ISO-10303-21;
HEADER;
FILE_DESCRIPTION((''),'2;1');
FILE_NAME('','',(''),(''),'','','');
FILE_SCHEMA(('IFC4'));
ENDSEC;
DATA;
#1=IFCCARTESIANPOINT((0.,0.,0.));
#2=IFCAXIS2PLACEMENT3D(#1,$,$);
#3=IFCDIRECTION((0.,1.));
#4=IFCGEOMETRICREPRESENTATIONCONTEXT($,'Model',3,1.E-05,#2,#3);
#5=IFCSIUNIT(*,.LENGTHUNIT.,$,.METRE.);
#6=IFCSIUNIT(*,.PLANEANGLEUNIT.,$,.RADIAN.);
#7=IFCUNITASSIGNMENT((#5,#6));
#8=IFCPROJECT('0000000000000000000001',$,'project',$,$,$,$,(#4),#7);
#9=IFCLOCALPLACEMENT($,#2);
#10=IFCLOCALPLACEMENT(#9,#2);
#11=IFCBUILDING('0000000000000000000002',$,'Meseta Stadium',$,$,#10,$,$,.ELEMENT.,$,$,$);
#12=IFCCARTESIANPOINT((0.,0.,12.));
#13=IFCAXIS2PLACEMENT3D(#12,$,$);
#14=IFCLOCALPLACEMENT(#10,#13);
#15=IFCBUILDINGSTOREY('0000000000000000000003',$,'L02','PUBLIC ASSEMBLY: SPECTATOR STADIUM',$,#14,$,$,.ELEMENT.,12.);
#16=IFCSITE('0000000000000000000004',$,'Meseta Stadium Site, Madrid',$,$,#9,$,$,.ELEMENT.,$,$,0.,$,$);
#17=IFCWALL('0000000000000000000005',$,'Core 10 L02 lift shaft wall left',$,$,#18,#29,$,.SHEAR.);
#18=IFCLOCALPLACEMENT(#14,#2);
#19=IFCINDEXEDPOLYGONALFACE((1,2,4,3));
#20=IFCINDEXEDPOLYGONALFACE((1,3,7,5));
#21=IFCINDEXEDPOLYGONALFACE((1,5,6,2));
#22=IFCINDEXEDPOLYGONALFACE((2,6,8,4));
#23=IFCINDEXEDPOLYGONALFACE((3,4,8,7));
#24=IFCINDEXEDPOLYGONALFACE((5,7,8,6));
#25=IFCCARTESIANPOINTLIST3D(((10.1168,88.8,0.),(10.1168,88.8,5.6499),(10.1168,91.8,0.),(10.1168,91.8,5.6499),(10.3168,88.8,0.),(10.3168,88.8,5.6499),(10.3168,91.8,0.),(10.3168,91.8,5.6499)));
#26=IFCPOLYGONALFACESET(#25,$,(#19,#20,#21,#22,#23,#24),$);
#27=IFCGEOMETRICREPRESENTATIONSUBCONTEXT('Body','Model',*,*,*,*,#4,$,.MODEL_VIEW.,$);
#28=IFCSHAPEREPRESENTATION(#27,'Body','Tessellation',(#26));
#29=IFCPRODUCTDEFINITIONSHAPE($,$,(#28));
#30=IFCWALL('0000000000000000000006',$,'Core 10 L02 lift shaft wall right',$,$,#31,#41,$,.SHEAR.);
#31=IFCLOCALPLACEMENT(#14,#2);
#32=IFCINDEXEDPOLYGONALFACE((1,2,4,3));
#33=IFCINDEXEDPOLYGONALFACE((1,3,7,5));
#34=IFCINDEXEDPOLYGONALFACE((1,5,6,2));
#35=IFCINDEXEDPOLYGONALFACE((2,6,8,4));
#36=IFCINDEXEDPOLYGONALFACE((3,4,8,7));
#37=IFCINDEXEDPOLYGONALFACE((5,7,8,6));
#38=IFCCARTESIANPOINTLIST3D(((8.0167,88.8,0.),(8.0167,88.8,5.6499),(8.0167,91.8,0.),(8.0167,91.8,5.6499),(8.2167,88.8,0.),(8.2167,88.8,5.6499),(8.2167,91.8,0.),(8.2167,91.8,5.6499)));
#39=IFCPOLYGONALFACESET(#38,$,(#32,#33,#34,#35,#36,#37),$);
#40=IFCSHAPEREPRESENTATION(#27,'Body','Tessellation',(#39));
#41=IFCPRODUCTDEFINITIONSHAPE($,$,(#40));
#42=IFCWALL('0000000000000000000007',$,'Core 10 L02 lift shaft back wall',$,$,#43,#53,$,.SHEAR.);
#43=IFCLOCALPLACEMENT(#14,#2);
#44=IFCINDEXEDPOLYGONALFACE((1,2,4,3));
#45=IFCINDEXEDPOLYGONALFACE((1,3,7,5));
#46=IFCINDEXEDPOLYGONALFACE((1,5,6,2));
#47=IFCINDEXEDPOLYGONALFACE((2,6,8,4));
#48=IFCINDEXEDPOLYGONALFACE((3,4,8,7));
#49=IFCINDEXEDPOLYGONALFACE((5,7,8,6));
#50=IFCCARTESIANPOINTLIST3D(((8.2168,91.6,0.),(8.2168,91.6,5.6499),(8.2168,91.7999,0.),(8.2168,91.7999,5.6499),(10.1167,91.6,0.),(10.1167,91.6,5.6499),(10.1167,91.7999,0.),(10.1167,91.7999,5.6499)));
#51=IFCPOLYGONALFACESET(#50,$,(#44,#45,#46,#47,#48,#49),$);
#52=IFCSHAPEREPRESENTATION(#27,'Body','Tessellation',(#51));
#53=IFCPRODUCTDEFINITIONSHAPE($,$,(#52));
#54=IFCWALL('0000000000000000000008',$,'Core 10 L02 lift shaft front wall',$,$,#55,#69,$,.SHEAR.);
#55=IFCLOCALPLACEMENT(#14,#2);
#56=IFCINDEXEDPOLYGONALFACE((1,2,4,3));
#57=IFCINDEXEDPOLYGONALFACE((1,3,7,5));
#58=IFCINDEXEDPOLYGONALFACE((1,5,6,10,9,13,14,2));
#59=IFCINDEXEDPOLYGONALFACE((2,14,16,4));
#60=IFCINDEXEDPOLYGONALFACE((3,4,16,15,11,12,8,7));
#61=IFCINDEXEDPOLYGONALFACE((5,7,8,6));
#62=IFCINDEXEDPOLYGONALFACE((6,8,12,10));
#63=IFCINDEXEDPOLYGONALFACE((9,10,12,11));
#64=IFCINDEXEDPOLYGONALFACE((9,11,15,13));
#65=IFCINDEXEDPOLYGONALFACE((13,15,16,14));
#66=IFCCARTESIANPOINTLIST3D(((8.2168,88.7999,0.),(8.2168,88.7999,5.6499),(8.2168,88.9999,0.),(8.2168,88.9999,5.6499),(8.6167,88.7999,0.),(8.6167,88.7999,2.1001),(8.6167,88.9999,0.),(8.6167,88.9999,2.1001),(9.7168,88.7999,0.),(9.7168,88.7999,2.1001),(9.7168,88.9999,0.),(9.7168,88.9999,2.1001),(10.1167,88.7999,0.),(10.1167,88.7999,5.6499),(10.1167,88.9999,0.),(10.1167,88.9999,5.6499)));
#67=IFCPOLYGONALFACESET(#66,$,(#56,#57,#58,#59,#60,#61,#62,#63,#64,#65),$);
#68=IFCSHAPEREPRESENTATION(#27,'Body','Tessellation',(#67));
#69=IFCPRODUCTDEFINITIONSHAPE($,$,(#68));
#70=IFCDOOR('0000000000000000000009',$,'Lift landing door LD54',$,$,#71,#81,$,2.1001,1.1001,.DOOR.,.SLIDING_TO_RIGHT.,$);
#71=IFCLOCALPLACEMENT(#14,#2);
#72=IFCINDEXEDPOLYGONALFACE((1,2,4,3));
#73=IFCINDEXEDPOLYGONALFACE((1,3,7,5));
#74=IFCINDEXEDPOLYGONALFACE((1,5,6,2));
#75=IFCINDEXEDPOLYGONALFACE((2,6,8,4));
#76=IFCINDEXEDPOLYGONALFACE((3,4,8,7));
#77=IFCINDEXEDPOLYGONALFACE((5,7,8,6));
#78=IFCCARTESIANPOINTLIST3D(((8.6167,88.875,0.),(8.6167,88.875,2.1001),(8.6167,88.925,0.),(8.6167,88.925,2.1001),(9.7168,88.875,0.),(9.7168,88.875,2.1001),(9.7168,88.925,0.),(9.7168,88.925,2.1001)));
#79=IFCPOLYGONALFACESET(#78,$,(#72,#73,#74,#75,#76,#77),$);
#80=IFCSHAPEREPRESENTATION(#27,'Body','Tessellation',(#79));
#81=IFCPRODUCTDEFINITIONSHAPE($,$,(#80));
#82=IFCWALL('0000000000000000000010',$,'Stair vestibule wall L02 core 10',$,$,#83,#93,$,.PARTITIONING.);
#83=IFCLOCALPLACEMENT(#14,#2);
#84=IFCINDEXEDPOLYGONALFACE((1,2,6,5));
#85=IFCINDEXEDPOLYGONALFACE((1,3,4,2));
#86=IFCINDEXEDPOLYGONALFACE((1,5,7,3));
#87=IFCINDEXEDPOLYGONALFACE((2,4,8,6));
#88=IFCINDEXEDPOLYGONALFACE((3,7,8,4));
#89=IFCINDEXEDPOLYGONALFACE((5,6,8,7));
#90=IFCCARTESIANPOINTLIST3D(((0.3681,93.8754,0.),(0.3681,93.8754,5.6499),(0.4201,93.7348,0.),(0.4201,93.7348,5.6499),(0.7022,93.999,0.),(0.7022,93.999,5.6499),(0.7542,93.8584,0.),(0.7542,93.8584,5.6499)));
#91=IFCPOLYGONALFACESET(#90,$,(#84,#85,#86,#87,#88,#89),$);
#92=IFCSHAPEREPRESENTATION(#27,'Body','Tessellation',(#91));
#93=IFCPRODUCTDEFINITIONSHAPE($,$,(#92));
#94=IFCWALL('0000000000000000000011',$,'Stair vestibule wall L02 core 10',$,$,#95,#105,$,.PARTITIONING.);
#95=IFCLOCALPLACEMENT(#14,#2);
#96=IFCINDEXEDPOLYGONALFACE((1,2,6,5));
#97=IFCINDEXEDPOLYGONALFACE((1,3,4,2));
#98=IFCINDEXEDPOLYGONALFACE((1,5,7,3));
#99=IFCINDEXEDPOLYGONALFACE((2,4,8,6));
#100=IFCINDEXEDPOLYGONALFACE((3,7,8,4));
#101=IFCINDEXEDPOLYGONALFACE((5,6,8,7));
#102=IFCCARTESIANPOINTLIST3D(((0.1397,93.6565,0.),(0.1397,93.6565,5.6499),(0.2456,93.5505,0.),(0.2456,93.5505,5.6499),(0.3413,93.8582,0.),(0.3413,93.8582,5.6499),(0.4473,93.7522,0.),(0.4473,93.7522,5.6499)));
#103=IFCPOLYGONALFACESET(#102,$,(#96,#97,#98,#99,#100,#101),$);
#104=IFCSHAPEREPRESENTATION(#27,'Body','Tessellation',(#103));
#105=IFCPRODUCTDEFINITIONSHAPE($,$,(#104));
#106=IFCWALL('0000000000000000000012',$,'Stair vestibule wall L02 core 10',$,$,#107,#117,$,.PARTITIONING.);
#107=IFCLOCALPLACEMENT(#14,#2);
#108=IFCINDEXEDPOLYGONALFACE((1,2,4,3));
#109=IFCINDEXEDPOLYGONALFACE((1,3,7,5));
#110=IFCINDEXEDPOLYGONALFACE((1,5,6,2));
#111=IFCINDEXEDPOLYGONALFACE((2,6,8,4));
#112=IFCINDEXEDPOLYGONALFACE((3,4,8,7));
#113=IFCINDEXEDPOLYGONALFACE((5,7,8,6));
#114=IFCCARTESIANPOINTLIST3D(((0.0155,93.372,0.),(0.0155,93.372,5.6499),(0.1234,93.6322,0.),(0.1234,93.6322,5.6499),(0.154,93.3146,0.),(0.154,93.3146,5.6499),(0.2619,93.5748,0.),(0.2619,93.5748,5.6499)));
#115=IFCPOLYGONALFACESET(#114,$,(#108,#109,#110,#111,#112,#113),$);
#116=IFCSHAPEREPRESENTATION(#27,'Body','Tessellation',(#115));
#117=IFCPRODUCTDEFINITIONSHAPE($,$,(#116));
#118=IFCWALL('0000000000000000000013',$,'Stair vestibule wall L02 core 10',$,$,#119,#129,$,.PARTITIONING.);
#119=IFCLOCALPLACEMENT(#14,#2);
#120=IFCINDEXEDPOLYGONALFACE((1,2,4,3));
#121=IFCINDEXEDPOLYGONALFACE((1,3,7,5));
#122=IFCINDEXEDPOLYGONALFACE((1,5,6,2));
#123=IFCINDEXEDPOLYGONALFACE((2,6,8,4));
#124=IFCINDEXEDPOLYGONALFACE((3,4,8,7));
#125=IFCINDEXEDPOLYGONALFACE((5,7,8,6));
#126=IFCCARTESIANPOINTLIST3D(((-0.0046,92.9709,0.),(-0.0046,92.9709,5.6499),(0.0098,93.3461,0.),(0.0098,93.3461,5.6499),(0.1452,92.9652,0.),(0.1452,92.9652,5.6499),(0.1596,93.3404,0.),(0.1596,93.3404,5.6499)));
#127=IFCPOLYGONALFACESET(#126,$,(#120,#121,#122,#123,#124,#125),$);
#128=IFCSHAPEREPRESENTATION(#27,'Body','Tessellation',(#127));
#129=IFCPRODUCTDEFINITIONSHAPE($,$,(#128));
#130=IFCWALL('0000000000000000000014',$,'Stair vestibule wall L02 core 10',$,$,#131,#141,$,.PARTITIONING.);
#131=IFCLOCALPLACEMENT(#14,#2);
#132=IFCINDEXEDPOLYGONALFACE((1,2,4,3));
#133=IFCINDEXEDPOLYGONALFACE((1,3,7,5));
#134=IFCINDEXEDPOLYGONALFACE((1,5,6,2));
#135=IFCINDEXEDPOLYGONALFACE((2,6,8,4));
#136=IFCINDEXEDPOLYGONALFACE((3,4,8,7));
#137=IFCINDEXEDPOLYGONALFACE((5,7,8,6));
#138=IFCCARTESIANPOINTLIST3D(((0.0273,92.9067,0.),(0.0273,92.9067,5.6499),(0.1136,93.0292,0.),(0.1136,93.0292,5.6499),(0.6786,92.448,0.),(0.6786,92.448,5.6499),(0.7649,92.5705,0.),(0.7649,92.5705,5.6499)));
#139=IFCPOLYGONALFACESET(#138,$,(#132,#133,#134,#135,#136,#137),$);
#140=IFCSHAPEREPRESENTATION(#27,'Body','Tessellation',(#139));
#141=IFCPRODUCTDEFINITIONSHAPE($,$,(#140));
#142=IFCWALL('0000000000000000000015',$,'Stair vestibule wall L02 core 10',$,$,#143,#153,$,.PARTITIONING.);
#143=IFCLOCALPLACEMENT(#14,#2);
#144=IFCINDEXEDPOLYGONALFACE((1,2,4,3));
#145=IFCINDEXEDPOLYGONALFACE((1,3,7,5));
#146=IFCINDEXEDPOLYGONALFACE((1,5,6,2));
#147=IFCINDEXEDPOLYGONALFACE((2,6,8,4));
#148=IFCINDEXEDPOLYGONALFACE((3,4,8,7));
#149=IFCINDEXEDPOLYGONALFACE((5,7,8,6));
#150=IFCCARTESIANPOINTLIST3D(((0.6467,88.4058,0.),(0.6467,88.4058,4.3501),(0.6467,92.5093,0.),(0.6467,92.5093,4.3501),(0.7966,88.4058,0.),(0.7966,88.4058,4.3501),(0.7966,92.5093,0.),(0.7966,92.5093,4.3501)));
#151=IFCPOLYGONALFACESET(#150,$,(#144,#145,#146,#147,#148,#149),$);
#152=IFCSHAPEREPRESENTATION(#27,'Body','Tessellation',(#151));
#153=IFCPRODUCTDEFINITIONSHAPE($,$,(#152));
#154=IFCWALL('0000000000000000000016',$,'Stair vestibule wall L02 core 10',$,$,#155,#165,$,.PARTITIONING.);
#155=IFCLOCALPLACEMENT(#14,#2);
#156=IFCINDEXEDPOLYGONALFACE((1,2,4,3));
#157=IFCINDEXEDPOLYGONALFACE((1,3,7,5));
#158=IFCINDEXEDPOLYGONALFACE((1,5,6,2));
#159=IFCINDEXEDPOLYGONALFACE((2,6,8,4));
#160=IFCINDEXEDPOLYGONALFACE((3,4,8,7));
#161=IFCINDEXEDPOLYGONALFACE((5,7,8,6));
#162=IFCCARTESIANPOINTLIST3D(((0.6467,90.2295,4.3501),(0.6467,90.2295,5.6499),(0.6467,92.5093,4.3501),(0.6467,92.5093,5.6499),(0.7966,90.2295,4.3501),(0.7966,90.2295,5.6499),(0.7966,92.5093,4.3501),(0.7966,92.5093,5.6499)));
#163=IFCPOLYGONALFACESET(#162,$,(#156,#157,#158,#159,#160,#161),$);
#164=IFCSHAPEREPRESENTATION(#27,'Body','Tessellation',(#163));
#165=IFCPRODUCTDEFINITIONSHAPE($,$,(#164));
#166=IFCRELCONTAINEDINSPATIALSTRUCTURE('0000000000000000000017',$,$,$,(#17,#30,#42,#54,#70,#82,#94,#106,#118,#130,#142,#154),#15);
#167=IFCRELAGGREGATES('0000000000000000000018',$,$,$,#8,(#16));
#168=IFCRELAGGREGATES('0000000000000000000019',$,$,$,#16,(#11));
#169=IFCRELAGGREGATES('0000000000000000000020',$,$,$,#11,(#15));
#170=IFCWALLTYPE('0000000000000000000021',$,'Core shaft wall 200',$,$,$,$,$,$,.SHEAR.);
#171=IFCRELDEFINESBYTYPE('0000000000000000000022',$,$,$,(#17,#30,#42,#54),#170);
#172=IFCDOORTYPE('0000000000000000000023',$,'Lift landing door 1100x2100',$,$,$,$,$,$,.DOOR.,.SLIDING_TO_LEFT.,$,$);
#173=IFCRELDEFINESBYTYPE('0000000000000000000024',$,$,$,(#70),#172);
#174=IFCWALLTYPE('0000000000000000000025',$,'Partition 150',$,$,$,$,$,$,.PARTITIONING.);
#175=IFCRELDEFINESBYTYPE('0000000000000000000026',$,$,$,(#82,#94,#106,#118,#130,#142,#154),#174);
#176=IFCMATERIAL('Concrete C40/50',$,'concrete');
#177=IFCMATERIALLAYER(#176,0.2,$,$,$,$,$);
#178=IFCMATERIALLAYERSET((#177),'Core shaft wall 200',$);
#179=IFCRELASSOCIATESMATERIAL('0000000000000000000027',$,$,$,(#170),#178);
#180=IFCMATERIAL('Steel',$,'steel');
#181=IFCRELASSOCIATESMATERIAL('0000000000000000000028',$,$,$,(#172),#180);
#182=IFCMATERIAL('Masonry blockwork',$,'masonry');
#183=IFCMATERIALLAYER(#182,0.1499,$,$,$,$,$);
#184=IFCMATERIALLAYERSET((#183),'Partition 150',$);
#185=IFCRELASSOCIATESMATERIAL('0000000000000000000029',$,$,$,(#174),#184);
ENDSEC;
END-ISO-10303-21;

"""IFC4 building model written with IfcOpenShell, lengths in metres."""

from ifc_helpers import new_model, si_unit, direction, frame, frame_2d, origin, place, context, subcontext, project, spatial, rectangle, extrude, material, layer, layer_set, type_object, element, fill, save


model = new_model("IFC4")

# Units and contexts
model_context = context("Model", 3, precision=1e-05, world=origin(), true_north=direction((0.0, 1.0)))
body_context = subcontext(model_context, "Body", "Model", "MODEL_VIEW")
ifc_project = project(units=[si_unit("LENGTHUNIT", "METRE"), si_unit("PLANEANGLEUNIT", "RADIAN")], contexts=[model_context])

# Site, building, storey
site_placement = place(None, origin())
site = spatial("IfcSite", under=ifc_project, at=site_placement, Name="Meseta Stadium Site, Madrid", CompositionType="ELEMENT", RefElevation=0.0)
building_placement = place(site_placement, origin())
building = spatial("IfcBuilding", under=site, at=building_placement, Name="Meseta Stadium", CompositionType="ELEMENT")
storey_placement = place(building_placement, frame((0.0, 0.0, 12.0)))
storey = spatial("IfcBuildingStorey", under=building, at=storey_placement, Name="L02", Description="PUBLIC ASSEMBLY: SPECTATOR STADIUM", CompositionType="ELEMENT", Elevation=12.0)

# Shared definitions
ifc_material_1 = material(Name="Concrete C40/50", Category="concrete")
ifc_layer_1 = layer(ifc_material_1, 0.2)
ifc_layer_set_1 = layer_set([ifc_layer_1], Name="Core shaft wall 200")
wall_type_1 = type_object("IfcWallType", Name="Core shaft wall 200", PredefinedType="SHEAR", material=ifc_layer_set_1)

# Walls
for number, where, z_axis, x_axis, name in (
    (1, (10.2168, 91.8, 0.0), (0.0, 0.0, 1.0), (0.0, -1.0, 0.0), "Core 10 L02 lift shaft wall left"),
    (2, (8.1167, 91.8, 0.0), (0.0, 0.0, 1.0), (0.0, -1.0, 0.0), "Core 10 L02 lift shaft wall right"),
):
    element("IfcWall", number, at=place(storey_placement, frame(where, z_axis=z_axis, x_axis=x_axis)), inside=storey, type_object=wall_type_1, Name=name, PredefinedType="SHEAR", context=body_context, shape_type="SweptSolid", body=[
        extrude(rectangle(XDim=3.0, YDim=0.2, at=frame_2d((1.5, 0.0))), origin(), (0.0, 0.0, 1.0), 5.6499),
    ])
wall_1_placement = place(storey_placement, frame((10.1167, 91.7, 0.0), z_axis=(0.0, 0.0, 1.0), x_axis=(-1.0, 0.0, 0.0)))
element("IfcWall", 3, at=wall_1_placement, inside=storey, type_object=wall_type_1, Name="Core 10 L02 lift shaft back wall", PredefinedType="SHEAR", context=body_context, shape_type="SweptSolid", body=[
    extrude(rectangle(XDim=1.8999, YDim=0.2, at=frame_2d((0.95, 0.0))), origin(), (0.0, 0.0, 1.0), 5.6499),
])

# Wall, opening, door
wall_2_placement = place(storey_placement, frame((10.1167, 88.8999, 0.0), z_axis=(0.0, 0.0, 1.0), x_axis=(-1.0, 0.0, 0.0)))
wall_2 = element("IfcWall", 4, at=wall_2_placement, inside=storey, type_object=wall_type_1, Name="Core 10 L02 lift shaft front wall", PredefinedType="SHEAR", context=body_context, shape_type="SweptSolid", body=[
    extrude(rectangle(XDim=1.8999, YDim=0.2, at=frame_2d((0.95, 0.0))), origin(), (0.0, 0.0, 1.0), 5.6499),
])
opening_1_placement = place(wall_2_placement, frame((0.3999, 0.0, 0.0)))
opening_1 = element("IfcOpeningElement", 5, at=opening_1_placement, cuts=wall_2, PredefinedType="OPENING", context=body_context, shape_type="SweptSolid", body=[
    extrude(rectangle(XDim=1.1001, YDim=2.1001, at=frame_2d((0.55, 1.05))), frame((0.0, 0.1099, 0.0), z_axis=(0.0, -1.0, 0.0), x_axis=(1.0, 0.0, 0.0)), (0.0, 0.0, 1.0), 0.22),
])
ifc_material_2 = material(Name="Steel", Category="steel")
door_type_1 = type_object("IfcDoorType", Name="Lift landing door 1100x2100", OperationType="SLIDING_TO_LEFT", PredefinedType="DOOR", material=ifc_material_2)
door_1_placement = place(opening_1_placement, origin())
door_1 = element("IfcDoor", 6, at=door_1_placement, inside=storey, type_object=door_type_1, Name="Lift landing door LD54", OperationType="SLIDING_TO_RIGHT", OverallHeight=2.1001, OverallWidth=1.1001, PredefinedType="DOOR", context=body_context, shape_type="SweptSolid", body=[
    extrude(rectangle(XDim=1.1001, YDim=2.1001, at=frame_2d((0.55, 1.05))), frame((0.0, 0.0249, 0.0), z_axis=(0.0, -1.0, 0.0), x_axis=(1.0, 0.0, 0.0)), (0.0, 0.0, 1.0), 0.05),
])
fill(opening_1, door_1)

# Walls
ifc_material_3 = material(Name="Masonry blockwork", Category="masonry")
ifc_layer_2 = layer(ifc_material_3, 0.1499)
ifc_layer_set_2 = layer_set([ifc_layer_2], Name="Partition 150")
wall_type_2 = type_object("IfcWallType", Name="Partition 150", PredefinedType="PARTITIONING", material=ifc_layer_set_2)
wall_3_placement = place(storey_placement, frame((0.7283, 93.9287, 0.0), z_axis=(0.0, 0.0, 1.0), x_axis=(-0.937898, -0.346912, 0.0)))
element("IfcWall", 7, at=wall_3_placement, inside=storey, type_object=wall_type_2, Name="Stair vestibule wall L02 core 10", PredefinedType="PARTITIONING", context=body_context, shape_type="SweptSolid", body=[
    extrude(rectangle(XDim=0.3562, YDim=0.1499, at=frame_2d((0.1782, 0.0))), origin(), (0.0, 0.0, 1.0), 5.6499),
])
wall_4_placement = place(storey_placement, frame((0.3943, 93.8052, 0.0), z_axis=(0.0, 0.0, 1.0), x_axis=(-0.707107, -0.707107, 0.0)))
element("IfcWall", 8, at=wall_4_placement, inside=storey, type_object=wall_type_2, Name="Stair vestibule wall L02 core 10", PredefinedType="PARTITIONING", context=body_context, shape_type="SweptSolid", body=[
    extrude(rectangle(XDim=0.2852, YDim=0.1499, at=frame_2d((0.1426, 0.0))), origin(), (0.0, 0.0, 1.0), 5.6499),
])
wall_5_placement = place(storey_placement, frame((0.1926, 93.6035, 0.0), z_axis=(0.0, 0.0, 1.0), x_axis=(-0.383015, -0.923742, 0.0)))
element("IfcWall", 9, at=wall_5_placement, inside=storey, type_object=wall_type_2, Name="Stair vestibule wall L02 core 10", PredefinedType="PARTITIONING", context=body_context, shape_type="SweptSolid", body=[
    extrude(rectangle(XDim=0.2817, YDim=0.1499, at=frame_2d((0.1409, 0.0))), origin(), (0.0, 0.0, 1.0), 5.6499),
])
wall_6_placement = place(storey_placement, frame((0.0847, 93.3433, 0.0), z_axis=(0.0, 0.0, 1.0), x_axis=(-0.038358, -0.999264, 0.0)))
element("IfcWall", 10, at=wall_6_placement, inside=storey, type_object=wall_type_2, Name="Stair vestibule wall L02 core 10", PredefinedType="PARTITIONING", context=body_context, shape_type="SweptSolid", body=[
    extrude(rectangle(XDim=0.3755, YDim=0.1499, at=frame_2d((0.1877, 0.0))), origin(), (0.0, 0.0, 1.0), 5.6499),
])
wall_7_placement = place(storey_placement, frame((0.0703, 92.968, 0.0), z_axis=(0.0, 0.0, 1.0), x_axis=(0.817587, -0.575805, 0.0)))
element("IfcWall", 11, at=wall_7_placement, inside=storey, type_object=wall_type_2, Name="Stair vestibule wall L02 core 10", PredefinedType="PARTITIONING", context=body_context, shape_type="SweptSolid", body=[
    extrude(rectangle(XDim=0.7966, YDim=0.1499, at=frame_2d((0.3984, 0.0))), origin(), (0.0, 0.0, 1.0), 5.6499),
])
wall_8_placement = place(storey_placement, frame((0.7217, 92.5093, 0.0), z_axis=(0.0, 0.0, 1.0), x_axis=(0.0, -1.0, 0.0)))
element("IfcWall", 12, at=wall_8_placement, inside=storey, type_object=wall_type_2, Name="Stair vestibule wall L02 core 10", PredefinedType="PARTITIONING", context=body_context, shape_type="SweptSolid", body=[
    extrude(rectangle(XDim=4.1035, YDim=0.1499, at=frame_2d((2.0518, 0.0))), origin(), (0.0, 0.0, 1.0), 4.3501),
])
wall_9_placement = place(storey_placement, frame((0.7217, 92.5093, 4.3501), z_axis=(0.0, 0.0, 1.0), x_axis=(0.0, -1.0, 0.0)))
element("IfcWall", 13, at=wall_9_placement, inside=storey, type_object=wall_type_2, Name="Stair vestibule wall L02 core 10", PredefinedType="PARTITIONING", context=body_context, shape_type="SweptSolid", body=[
    extrude(rectangle(XDim=2.2798, YDim=0.1499, at=frame_2d((1.1399, 0.0))), origin(), (0.0, 0.0, 1.0), 1.2998),
])

save(model, "model.ifc")
